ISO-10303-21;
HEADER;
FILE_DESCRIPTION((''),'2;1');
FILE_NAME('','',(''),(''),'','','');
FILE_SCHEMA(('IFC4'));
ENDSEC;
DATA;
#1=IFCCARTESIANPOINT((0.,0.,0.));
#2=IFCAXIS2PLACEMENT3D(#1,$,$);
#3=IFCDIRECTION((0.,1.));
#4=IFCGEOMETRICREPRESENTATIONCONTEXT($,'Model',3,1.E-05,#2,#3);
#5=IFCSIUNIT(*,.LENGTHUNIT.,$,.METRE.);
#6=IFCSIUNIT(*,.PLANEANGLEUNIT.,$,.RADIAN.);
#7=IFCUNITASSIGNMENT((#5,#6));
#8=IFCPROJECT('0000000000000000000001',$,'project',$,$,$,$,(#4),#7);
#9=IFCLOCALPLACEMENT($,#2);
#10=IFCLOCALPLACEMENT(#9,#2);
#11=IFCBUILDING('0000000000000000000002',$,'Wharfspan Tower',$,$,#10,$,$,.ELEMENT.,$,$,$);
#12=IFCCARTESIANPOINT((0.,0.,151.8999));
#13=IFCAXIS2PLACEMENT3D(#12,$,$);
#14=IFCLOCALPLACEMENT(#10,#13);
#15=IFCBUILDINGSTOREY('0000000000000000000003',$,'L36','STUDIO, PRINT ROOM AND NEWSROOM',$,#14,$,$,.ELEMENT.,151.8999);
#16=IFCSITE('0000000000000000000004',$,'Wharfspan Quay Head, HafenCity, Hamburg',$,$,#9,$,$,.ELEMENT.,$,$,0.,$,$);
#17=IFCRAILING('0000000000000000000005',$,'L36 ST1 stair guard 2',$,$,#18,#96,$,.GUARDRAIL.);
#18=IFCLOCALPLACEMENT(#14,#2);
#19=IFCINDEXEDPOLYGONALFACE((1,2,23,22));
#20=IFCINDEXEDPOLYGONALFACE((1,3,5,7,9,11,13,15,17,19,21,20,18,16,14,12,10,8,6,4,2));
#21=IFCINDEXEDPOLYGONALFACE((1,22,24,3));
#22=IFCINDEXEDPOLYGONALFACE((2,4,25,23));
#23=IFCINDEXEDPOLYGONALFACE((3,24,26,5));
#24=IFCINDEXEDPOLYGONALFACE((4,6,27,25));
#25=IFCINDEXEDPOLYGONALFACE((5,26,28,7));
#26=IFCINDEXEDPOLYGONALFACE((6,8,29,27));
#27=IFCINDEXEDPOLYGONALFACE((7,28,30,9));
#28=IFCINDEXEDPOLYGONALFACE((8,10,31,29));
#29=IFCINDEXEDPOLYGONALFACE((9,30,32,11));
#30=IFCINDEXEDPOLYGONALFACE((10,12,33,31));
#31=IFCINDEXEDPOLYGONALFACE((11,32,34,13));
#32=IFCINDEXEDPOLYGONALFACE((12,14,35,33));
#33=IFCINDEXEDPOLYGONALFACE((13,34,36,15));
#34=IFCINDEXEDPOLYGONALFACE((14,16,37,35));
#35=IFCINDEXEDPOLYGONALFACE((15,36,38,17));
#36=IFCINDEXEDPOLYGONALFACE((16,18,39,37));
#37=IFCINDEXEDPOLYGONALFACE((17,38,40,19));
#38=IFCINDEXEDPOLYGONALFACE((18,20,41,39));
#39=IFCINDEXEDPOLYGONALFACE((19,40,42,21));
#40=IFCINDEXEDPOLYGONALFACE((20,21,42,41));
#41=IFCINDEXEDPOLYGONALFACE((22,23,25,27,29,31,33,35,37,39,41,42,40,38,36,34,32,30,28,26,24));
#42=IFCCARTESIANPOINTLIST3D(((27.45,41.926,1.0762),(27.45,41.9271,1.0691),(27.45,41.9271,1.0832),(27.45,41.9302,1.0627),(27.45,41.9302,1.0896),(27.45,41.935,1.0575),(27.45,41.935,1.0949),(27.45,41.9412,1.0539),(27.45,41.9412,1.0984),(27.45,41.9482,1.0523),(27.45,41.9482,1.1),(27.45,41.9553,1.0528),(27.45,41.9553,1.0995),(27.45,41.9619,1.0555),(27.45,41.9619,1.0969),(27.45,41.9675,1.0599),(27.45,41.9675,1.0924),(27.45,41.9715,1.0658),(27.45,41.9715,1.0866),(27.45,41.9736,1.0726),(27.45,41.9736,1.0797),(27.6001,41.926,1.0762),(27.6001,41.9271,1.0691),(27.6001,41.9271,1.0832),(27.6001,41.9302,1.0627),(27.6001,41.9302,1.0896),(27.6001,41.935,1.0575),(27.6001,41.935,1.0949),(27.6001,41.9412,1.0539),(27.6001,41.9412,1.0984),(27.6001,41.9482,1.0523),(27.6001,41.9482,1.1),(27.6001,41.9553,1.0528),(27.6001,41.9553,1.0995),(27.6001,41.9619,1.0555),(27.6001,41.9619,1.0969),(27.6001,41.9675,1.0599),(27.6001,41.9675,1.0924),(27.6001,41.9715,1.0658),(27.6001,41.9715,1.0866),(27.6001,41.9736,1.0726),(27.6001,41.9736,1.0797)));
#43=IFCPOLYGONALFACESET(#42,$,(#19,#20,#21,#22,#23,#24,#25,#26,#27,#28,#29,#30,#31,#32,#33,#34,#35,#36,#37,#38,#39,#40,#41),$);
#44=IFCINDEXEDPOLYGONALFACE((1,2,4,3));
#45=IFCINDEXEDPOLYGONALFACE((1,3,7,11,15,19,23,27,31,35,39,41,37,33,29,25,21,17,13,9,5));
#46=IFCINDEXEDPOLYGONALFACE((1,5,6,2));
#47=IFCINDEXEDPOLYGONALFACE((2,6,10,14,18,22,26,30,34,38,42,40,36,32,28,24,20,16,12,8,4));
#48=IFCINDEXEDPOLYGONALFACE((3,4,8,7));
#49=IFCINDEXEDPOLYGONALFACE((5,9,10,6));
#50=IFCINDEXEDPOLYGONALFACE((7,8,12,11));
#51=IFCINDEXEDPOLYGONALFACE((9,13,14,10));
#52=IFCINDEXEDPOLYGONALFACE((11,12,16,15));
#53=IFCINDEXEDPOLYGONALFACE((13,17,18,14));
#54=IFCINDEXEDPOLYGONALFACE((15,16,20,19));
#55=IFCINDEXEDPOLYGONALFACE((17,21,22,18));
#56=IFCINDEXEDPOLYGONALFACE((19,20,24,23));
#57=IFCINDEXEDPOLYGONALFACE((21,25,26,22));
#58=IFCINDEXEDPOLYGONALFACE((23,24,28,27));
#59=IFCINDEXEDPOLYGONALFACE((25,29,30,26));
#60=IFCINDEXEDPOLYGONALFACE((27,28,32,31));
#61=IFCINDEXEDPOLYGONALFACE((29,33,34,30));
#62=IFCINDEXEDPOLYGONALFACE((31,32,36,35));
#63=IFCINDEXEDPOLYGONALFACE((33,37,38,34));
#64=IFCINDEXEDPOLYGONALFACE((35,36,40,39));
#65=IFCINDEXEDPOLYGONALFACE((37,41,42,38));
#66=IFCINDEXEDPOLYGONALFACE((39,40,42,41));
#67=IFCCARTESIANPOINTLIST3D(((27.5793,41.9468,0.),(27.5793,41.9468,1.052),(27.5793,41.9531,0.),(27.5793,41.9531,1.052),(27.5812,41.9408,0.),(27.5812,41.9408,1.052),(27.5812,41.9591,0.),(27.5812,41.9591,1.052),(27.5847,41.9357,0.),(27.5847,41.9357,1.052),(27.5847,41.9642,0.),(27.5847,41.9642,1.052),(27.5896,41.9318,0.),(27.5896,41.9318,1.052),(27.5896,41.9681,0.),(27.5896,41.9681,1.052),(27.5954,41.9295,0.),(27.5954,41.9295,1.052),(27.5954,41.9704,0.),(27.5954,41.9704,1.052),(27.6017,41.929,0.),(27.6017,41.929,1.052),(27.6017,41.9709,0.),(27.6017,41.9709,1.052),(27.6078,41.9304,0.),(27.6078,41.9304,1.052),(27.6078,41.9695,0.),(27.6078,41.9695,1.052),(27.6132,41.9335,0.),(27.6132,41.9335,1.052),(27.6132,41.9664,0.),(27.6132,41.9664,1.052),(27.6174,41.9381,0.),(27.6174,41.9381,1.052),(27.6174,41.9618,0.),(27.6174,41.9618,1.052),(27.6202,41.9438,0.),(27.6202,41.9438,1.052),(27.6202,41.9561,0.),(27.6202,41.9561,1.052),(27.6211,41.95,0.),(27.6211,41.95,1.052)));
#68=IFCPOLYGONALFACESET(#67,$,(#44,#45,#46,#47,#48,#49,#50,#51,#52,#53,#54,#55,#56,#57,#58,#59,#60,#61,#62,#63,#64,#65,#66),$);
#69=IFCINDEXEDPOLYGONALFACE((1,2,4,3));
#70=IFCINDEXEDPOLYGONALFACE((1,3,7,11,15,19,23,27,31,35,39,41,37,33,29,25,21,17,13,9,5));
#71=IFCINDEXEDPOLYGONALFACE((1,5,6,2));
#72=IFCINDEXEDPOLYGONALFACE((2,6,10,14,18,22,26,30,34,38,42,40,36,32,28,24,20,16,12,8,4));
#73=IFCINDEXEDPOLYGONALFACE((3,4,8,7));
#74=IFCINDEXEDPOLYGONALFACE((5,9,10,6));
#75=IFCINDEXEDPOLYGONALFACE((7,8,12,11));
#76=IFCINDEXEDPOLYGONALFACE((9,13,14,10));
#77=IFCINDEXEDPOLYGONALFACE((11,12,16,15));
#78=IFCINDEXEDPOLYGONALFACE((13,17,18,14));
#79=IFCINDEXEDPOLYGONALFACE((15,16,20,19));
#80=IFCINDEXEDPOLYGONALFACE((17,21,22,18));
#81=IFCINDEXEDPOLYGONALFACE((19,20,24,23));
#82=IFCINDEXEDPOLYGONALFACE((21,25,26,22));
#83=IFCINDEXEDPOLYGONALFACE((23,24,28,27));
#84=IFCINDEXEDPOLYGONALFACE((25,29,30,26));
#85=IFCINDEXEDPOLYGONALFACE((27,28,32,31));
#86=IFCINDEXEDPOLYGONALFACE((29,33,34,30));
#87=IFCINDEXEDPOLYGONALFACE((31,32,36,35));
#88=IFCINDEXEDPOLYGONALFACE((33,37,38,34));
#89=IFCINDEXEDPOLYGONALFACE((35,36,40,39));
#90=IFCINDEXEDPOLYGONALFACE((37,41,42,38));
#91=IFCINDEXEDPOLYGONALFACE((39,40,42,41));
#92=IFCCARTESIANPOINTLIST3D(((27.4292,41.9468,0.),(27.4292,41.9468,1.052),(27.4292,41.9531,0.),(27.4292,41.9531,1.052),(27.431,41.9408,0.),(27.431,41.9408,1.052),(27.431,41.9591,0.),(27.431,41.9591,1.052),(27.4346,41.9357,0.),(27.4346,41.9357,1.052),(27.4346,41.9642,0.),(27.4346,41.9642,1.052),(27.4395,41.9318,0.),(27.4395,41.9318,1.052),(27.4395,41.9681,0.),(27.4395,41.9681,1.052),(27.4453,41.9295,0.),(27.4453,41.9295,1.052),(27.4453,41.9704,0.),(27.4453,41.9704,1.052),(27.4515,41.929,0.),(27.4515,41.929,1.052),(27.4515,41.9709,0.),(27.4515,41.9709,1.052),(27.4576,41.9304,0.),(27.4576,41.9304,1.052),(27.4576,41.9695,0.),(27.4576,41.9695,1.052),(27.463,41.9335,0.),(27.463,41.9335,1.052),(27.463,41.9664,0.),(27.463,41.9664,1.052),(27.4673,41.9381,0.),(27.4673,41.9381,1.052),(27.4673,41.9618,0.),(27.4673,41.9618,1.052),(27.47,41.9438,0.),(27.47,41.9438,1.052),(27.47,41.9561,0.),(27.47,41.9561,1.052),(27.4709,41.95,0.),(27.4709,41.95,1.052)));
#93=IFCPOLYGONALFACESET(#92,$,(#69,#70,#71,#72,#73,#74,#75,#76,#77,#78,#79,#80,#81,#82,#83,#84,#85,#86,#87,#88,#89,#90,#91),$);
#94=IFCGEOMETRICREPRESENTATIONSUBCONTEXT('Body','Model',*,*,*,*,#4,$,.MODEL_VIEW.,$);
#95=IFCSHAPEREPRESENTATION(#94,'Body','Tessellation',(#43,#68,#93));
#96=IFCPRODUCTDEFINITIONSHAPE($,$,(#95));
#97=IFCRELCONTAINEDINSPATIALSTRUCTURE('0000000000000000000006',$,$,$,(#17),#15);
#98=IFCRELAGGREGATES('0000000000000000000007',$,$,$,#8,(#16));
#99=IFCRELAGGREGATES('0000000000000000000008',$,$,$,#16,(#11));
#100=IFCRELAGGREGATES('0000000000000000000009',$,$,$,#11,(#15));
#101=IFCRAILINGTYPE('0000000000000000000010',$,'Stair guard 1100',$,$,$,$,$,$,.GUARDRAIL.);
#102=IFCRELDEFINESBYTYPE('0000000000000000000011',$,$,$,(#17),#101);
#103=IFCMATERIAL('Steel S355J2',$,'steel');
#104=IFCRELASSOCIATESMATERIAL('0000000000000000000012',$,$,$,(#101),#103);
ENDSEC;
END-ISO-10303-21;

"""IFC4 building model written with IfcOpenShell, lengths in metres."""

from ifc_helpers import new_model, si_unit, direction, frame, origin, origin_2d, place, context, subcontext, project, spatial, circle, extrude, material, type_object, element, save


model = new_model("IFC4")

# Units and contexts
model_context = context("Model", 3, precision=1e-05, world=origin(), true_north=direction((0.0, 1.0)))
body_context = subcontext(model_context, "Body", "Model", "MODEL_VIEW")
ifc_project = project(units=[si_unit("LENGTHUNIT", "METRE"), si_unit("PLANEANGLEUNIT", "RADIAN")], contexts=[model_context])

# Site, building, storey
site_placement = place(None, origin())
site = spatial("IfcSite", under=ifc_project, at=site_placement, Name="Wharfspan Quay Head, HafenCity, Hamburg", CompositionType="ELEMENT", RefElevation=0.0)
building_placement = place(site_placement, origin())
building = spatial("IfcBuilding", under=site, at=building_placement, Name="Wharfspan Tower", CompositionType="ELEMENT")
storey_placement = place(building_placement, frame((0.0, 0.0, 151.8999)))
storey = spatial("IfcBuildingStorey", under=building, at=storey_placement, Name="L36", Description="STUDIO, PRINT ROOM AND NEWSROOM", CompositionType="ELEMENT", Elevation=151.8999)

# Shared definitions
ifc_material_1 = material(Name="Steel S355J2", Category="steel")

# Railing
railing_type_1 = type_object("IfcRailingType", Name="Stair guard 1100", PredefinedType="GUARDRAIL", material=ifc_material_1)
railing_1_placement = place(storey_placement, frame((27.6001, 41.95, 0.0)))
element("IfcRailing", 1, at=railing_1_placement, inside=storey, type_object=railing_type_1, Name="L36 ST1 stair guard 2", PredefinedType="GUARDRAIL", context=body_context, shape_type="SweptSolid", body=[
    extrude(circle(Radius=0.0239, at=origin_2d()), frame((0.0, 0.0, 1.0762), z_axis=(-1.0, 0.0, 0.0), x_axis=(0.0, -1.0, 0.0)), (0.0, 0.0, 1.0), 0.1501),
    extrude(circle(Radius=0.021, at=origin_2d()), origin(), (0.0, 0.0, 1.0), 1.052),
    extrude(circle(Radius=0.021, at=origin_2d()), frame((-0.1501, 0.0, 0.0)), (0.0, 0.0, 1.0), 1.052),
])

save(model, "model.ifc")
